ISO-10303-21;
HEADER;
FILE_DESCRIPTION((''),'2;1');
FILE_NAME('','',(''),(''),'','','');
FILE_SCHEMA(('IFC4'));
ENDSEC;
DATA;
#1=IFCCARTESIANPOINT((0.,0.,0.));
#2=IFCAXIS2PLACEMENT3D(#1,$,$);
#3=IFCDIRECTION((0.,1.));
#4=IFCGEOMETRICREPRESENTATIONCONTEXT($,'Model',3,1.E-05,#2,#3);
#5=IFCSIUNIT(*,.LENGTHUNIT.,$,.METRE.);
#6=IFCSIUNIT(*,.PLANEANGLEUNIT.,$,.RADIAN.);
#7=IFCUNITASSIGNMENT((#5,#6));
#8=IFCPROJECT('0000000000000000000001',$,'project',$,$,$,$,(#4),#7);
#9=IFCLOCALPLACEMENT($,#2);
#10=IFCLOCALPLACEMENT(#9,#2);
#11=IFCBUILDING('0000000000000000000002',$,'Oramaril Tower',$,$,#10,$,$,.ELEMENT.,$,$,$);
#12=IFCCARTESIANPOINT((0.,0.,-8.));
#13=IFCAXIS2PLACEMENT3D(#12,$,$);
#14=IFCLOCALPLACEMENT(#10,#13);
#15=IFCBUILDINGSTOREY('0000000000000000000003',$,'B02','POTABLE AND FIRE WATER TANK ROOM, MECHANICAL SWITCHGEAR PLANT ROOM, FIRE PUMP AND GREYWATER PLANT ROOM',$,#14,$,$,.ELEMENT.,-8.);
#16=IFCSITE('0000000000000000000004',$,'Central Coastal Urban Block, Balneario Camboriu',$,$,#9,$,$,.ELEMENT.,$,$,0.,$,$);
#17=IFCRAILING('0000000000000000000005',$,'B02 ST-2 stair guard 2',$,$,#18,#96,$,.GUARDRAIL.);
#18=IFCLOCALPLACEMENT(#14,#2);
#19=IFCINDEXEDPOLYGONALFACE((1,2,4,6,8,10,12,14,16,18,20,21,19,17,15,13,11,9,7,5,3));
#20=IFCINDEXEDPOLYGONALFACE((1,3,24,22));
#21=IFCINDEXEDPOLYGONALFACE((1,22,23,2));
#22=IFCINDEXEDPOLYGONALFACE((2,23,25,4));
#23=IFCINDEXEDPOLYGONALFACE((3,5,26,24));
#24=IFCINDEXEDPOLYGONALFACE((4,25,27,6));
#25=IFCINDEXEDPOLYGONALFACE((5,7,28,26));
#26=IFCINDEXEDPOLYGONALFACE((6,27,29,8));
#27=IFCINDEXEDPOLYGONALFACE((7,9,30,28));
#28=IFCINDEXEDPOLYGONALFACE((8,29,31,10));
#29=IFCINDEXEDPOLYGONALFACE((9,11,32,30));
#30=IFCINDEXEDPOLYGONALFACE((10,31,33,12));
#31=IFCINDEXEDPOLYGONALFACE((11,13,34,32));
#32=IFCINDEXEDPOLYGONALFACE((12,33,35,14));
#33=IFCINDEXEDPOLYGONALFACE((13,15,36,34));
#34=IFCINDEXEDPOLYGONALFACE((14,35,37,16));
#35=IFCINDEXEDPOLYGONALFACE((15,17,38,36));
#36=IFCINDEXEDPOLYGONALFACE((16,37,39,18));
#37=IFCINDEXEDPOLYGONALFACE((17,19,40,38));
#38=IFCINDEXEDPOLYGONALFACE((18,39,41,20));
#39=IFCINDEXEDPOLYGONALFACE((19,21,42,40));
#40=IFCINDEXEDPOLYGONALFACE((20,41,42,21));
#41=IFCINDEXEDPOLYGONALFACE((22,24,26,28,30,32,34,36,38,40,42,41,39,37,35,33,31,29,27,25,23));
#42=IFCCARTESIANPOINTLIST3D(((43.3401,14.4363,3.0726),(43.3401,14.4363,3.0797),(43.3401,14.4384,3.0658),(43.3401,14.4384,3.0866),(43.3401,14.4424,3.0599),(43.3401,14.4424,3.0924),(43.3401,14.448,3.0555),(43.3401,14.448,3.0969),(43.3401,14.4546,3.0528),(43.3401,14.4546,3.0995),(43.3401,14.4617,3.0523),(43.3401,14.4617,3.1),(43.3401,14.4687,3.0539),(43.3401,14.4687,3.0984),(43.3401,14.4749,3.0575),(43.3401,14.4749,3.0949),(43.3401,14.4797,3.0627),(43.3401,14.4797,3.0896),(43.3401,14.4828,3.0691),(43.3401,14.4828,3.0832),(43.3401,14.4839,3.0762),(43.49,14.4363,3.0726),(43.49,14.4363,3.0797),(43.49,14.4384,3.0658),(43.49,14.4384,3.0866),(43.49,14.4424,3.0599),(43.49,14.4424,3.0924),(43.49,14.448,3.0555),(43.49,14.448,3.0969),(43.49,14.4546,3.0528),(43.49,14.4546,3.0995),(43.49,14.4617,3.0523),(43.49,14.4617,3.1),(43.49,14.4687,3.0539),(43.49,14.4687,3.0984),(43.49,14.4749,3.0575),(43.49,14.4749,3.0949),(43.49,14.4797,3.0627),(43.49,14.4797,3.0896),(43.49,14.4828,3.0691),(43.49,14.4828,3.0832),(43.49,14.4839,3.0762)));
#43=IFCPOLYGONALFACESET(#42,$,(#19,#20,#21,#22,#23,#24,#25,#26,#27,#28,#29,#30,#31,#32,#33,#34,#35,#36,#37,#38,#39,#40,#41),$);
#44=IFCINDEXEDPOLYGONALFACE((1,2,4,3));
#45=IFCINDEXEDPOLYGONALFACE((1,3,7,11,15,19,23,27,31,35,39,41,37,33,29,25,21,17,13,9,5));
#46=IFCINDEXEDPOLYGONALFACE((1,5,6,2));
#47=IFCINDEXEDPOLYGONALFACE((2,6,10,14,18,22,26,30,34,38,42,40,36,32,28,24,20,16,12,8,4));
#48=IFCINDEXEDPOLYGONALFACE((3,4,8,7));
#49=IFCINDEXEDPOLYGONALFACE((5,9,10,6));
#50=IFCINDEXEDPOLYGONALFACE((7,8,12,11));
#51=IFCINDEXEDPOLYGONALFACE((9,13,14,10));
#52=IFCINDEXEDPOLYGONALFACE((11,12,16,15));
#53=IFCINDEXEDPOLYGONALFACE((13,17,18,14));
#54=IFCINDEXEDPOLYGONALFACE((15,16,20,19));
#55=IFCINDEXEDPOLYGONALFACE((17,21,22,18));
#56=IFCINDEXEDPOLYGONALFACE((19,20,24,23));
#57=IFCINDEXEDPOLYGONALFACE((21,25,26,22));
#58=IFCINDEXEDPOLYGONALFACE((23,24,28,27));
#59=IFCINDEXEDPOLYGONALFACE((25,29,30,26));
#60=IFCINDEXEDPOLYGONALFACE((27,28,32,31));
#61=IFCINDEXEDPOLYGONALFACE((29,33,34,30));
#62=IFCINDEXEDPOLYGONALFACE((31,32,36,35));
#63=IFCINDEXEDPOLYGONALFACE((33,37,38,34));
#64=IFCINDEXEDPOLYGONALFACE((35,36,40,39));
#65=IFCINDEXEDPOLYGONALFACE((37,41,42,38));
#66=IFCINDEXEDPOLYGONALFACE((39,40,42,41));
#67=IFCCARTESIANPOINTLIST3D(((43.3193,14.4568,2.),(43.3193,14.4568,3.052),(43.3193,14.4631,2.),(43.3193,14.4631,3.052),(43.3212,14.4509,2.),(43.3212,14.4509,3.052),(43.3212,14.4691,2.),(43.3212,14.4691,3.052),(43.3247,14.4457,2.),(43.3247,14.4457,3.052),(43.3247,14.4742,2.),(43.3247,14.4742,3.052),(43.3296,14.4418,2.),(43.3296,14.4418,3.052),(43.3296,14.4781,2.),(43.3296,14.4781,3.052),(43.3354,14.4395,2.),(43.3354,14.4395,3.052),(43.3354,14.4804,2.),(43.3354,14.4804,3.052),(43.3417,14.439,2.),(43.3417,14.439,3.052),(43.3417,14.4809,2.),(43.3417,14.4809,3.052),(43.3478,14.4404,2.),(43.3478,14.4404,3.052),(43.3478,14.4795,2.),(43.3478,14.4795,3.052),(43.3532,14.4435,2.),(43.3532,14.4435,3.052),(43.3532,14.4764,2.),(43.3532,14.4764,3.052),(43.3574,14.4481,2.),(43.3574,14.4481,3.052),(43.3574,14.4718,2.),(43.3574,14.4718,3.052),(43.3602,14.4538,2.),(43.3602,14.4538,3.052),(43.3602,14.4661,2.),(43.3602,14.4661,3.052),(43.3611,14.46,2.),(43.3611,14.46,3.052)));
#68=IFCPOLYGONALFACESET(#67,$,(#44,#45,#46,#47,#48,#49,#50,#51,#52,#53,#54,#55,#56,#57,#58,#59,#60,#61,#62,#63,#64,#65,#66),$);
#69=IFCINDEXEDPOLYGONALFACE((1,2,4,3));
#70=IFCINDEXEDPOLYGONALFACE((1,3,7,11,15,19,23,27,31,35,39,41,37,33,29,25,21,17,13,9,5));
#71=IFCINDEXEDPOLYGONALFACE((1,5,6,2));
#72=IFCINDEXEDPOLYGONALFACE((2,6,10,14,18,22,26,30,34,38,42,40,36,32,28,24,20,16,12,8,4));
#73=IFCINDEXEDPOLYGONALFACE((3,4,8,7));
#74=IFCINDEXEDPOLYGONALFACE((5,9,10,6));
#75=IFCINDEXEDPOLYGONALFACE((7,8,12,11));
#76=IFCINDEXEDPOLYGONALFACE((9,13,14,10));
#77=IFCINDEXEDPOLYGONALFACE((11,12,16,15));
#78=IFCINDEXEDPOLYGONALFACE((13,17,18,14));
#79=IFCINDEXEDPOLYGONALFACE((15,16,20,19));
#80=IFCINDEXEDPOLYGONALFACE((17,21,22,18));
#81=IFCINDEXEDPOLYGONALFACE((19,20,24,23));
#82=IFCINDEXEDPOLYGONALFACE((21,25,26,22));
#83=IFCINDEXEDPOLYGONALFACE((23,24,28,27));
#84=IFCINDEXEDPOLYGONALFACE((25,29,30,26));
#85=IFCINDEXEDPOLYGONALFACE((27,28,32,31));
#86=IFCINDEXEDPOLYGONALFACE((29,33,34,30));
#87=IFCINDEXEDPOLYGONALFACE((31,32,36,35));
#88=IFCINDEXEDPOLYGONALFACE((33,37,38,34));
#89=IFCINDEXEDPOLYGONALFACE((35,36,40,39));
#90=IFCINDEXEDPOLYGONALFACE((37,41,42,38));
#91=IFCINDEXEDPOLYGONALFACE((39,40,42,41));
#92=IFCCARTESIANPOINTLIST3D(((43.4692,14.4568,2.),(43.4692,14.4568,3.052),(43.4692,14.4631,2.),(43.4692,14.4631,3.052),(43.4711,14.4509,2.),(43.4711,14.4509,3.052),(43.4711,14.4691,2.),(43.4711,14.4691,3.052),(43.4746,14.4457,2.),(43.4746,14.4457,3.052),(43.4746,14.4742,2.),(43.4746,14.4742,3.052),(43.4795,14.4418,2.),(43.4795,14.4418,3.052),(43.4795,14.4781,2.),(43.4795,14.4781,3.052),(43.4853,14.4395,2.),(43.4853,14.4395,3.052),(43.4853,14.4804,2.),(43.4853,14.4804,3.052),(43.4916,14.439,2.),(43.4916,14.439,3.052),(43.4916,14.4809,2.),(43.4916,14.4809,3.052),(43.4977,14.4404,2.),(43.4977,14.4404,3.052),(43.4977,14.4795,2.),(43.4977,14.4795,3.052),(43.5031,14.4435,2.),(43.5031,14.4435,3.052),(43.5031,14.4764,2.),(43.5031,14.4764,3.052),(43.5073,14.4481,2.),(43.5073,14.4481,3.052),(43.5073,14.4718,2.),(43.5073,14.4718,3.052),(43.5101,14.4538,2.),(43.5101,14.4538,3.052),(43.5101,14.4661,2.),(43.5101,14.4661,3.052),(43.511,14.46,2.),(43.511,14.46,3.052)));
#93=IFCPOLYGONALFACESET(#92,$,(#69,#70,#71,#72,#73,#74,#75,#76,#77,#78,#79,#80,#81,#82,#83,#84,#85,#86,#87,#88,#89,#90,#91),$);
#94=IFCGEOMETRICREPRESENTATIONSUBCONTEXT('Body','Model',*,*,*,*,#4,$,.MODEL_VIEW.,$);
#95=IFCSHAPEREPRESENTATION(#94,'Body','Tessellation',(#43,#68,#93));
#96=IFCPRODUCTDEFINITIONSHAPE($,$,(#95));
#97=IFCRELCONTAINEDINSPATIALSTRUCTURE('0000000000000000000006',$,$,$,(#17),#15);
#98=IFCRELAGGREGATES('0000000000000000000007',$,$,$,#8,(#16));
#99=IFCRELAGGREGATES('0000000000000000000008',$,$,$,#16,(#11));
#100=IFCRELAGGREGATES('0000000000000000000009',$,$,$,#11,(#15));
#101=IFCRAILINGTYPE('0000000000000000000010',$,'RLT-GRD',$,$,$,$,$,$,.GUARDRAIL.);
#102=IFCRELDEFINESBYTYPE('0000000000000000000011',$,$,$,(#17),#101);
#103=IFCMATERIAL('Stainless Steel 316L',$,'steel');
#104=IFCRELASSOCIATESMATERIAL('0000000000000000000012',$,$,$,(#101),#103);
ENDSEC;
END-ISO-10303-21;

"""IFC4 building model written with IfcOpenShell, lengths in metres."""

from ifc_helpers import new_model, si_unit, direction, frame, origin, origin_2d, place, context, subcontext, project, spatial, circle, extrude, material, type_object, element, save


model = new_model("IFC4")

# Units and contexts
model_context = context("Model", 3, precision=1e-05, world=origin(), true_north=direction((0.0, 1.0)))
body_context = subcontext(model_context, "Body", "Model", "MODEL_VIEW")
ifc_project = project(units=[si_unit("LENGTHUNIT", "METRE"), si_unit("PLANEANGLEUNIT", "RADIAN")], contexts=[model_context])

# Site, building, storey
site_placement = place(None, origin())
site = spatial("IfcSite", under=ifc_project, at=site_placement, Name="Central Coastal Urban Block, Balneario Camboriu", CompositionType="ELEMENT", RefElevation=0.0)
building_placement = place(site_placement, origin())
building = spatial("IfcBuilding", under=site, at=building_placement, Name="Oramaril Tower", CompositionType="ELEMENT")
storey_placement = place(building_placement, frame((0.0, 0.0, -8.0)))
storey = spatial("IfcBuildingStorey", under=building, at=storey_placement, Name="B02", Description="POTABLE AND FIRE WATER TANK ROOM, MECHANICAL SWITCHGEAR PLANT ROOM, FIRE PUMP AND GREYWATER PLANT ROOM", CompositionType="ELEMENT", Elevation=-8.0)

# Railing
ifc_material_1 = material(Name="Stainless Steel 316L", Category="steel")
railing_type_1 = type_object("IfcRailingType", Name="RLT-GRD", PredefinedType="GUARDRAIL", material=ifc_material_1)
railing_1_placement = place(storey_placement, frame((43.3401, 14.46, 2.0)))
element("IfcRailing", 1, at=railing_1_placement, inside=storey, type_object=railing_type_1, Name="B02 ST-2 stair guard 2", PredefinedType="GUARDRAIL", context=body_context, shape_type="SweptSolid", body=[
    extrude(circle(Radius=0.0239, at=origin_2d()), frame((0.0, 0.0, 1.0762), z_axis=(1.0, 0.0, 0.0), x_axis=(0.0, 1.0, 0.0)), (0.0, 0.0, 1.0), 0.1499),
    extrude(circle(Radius=0.021, at=origin_2d()), origin(), (0.0, 0.0, 1.0), 1.052),
    extrude(circle(Radius=0.021, at=origin_2d()), frame((0.1499, 0.0, 0.0)), (0.0, 0.0, 1.0), 1.052),
])

save(model, "model.ifc")
